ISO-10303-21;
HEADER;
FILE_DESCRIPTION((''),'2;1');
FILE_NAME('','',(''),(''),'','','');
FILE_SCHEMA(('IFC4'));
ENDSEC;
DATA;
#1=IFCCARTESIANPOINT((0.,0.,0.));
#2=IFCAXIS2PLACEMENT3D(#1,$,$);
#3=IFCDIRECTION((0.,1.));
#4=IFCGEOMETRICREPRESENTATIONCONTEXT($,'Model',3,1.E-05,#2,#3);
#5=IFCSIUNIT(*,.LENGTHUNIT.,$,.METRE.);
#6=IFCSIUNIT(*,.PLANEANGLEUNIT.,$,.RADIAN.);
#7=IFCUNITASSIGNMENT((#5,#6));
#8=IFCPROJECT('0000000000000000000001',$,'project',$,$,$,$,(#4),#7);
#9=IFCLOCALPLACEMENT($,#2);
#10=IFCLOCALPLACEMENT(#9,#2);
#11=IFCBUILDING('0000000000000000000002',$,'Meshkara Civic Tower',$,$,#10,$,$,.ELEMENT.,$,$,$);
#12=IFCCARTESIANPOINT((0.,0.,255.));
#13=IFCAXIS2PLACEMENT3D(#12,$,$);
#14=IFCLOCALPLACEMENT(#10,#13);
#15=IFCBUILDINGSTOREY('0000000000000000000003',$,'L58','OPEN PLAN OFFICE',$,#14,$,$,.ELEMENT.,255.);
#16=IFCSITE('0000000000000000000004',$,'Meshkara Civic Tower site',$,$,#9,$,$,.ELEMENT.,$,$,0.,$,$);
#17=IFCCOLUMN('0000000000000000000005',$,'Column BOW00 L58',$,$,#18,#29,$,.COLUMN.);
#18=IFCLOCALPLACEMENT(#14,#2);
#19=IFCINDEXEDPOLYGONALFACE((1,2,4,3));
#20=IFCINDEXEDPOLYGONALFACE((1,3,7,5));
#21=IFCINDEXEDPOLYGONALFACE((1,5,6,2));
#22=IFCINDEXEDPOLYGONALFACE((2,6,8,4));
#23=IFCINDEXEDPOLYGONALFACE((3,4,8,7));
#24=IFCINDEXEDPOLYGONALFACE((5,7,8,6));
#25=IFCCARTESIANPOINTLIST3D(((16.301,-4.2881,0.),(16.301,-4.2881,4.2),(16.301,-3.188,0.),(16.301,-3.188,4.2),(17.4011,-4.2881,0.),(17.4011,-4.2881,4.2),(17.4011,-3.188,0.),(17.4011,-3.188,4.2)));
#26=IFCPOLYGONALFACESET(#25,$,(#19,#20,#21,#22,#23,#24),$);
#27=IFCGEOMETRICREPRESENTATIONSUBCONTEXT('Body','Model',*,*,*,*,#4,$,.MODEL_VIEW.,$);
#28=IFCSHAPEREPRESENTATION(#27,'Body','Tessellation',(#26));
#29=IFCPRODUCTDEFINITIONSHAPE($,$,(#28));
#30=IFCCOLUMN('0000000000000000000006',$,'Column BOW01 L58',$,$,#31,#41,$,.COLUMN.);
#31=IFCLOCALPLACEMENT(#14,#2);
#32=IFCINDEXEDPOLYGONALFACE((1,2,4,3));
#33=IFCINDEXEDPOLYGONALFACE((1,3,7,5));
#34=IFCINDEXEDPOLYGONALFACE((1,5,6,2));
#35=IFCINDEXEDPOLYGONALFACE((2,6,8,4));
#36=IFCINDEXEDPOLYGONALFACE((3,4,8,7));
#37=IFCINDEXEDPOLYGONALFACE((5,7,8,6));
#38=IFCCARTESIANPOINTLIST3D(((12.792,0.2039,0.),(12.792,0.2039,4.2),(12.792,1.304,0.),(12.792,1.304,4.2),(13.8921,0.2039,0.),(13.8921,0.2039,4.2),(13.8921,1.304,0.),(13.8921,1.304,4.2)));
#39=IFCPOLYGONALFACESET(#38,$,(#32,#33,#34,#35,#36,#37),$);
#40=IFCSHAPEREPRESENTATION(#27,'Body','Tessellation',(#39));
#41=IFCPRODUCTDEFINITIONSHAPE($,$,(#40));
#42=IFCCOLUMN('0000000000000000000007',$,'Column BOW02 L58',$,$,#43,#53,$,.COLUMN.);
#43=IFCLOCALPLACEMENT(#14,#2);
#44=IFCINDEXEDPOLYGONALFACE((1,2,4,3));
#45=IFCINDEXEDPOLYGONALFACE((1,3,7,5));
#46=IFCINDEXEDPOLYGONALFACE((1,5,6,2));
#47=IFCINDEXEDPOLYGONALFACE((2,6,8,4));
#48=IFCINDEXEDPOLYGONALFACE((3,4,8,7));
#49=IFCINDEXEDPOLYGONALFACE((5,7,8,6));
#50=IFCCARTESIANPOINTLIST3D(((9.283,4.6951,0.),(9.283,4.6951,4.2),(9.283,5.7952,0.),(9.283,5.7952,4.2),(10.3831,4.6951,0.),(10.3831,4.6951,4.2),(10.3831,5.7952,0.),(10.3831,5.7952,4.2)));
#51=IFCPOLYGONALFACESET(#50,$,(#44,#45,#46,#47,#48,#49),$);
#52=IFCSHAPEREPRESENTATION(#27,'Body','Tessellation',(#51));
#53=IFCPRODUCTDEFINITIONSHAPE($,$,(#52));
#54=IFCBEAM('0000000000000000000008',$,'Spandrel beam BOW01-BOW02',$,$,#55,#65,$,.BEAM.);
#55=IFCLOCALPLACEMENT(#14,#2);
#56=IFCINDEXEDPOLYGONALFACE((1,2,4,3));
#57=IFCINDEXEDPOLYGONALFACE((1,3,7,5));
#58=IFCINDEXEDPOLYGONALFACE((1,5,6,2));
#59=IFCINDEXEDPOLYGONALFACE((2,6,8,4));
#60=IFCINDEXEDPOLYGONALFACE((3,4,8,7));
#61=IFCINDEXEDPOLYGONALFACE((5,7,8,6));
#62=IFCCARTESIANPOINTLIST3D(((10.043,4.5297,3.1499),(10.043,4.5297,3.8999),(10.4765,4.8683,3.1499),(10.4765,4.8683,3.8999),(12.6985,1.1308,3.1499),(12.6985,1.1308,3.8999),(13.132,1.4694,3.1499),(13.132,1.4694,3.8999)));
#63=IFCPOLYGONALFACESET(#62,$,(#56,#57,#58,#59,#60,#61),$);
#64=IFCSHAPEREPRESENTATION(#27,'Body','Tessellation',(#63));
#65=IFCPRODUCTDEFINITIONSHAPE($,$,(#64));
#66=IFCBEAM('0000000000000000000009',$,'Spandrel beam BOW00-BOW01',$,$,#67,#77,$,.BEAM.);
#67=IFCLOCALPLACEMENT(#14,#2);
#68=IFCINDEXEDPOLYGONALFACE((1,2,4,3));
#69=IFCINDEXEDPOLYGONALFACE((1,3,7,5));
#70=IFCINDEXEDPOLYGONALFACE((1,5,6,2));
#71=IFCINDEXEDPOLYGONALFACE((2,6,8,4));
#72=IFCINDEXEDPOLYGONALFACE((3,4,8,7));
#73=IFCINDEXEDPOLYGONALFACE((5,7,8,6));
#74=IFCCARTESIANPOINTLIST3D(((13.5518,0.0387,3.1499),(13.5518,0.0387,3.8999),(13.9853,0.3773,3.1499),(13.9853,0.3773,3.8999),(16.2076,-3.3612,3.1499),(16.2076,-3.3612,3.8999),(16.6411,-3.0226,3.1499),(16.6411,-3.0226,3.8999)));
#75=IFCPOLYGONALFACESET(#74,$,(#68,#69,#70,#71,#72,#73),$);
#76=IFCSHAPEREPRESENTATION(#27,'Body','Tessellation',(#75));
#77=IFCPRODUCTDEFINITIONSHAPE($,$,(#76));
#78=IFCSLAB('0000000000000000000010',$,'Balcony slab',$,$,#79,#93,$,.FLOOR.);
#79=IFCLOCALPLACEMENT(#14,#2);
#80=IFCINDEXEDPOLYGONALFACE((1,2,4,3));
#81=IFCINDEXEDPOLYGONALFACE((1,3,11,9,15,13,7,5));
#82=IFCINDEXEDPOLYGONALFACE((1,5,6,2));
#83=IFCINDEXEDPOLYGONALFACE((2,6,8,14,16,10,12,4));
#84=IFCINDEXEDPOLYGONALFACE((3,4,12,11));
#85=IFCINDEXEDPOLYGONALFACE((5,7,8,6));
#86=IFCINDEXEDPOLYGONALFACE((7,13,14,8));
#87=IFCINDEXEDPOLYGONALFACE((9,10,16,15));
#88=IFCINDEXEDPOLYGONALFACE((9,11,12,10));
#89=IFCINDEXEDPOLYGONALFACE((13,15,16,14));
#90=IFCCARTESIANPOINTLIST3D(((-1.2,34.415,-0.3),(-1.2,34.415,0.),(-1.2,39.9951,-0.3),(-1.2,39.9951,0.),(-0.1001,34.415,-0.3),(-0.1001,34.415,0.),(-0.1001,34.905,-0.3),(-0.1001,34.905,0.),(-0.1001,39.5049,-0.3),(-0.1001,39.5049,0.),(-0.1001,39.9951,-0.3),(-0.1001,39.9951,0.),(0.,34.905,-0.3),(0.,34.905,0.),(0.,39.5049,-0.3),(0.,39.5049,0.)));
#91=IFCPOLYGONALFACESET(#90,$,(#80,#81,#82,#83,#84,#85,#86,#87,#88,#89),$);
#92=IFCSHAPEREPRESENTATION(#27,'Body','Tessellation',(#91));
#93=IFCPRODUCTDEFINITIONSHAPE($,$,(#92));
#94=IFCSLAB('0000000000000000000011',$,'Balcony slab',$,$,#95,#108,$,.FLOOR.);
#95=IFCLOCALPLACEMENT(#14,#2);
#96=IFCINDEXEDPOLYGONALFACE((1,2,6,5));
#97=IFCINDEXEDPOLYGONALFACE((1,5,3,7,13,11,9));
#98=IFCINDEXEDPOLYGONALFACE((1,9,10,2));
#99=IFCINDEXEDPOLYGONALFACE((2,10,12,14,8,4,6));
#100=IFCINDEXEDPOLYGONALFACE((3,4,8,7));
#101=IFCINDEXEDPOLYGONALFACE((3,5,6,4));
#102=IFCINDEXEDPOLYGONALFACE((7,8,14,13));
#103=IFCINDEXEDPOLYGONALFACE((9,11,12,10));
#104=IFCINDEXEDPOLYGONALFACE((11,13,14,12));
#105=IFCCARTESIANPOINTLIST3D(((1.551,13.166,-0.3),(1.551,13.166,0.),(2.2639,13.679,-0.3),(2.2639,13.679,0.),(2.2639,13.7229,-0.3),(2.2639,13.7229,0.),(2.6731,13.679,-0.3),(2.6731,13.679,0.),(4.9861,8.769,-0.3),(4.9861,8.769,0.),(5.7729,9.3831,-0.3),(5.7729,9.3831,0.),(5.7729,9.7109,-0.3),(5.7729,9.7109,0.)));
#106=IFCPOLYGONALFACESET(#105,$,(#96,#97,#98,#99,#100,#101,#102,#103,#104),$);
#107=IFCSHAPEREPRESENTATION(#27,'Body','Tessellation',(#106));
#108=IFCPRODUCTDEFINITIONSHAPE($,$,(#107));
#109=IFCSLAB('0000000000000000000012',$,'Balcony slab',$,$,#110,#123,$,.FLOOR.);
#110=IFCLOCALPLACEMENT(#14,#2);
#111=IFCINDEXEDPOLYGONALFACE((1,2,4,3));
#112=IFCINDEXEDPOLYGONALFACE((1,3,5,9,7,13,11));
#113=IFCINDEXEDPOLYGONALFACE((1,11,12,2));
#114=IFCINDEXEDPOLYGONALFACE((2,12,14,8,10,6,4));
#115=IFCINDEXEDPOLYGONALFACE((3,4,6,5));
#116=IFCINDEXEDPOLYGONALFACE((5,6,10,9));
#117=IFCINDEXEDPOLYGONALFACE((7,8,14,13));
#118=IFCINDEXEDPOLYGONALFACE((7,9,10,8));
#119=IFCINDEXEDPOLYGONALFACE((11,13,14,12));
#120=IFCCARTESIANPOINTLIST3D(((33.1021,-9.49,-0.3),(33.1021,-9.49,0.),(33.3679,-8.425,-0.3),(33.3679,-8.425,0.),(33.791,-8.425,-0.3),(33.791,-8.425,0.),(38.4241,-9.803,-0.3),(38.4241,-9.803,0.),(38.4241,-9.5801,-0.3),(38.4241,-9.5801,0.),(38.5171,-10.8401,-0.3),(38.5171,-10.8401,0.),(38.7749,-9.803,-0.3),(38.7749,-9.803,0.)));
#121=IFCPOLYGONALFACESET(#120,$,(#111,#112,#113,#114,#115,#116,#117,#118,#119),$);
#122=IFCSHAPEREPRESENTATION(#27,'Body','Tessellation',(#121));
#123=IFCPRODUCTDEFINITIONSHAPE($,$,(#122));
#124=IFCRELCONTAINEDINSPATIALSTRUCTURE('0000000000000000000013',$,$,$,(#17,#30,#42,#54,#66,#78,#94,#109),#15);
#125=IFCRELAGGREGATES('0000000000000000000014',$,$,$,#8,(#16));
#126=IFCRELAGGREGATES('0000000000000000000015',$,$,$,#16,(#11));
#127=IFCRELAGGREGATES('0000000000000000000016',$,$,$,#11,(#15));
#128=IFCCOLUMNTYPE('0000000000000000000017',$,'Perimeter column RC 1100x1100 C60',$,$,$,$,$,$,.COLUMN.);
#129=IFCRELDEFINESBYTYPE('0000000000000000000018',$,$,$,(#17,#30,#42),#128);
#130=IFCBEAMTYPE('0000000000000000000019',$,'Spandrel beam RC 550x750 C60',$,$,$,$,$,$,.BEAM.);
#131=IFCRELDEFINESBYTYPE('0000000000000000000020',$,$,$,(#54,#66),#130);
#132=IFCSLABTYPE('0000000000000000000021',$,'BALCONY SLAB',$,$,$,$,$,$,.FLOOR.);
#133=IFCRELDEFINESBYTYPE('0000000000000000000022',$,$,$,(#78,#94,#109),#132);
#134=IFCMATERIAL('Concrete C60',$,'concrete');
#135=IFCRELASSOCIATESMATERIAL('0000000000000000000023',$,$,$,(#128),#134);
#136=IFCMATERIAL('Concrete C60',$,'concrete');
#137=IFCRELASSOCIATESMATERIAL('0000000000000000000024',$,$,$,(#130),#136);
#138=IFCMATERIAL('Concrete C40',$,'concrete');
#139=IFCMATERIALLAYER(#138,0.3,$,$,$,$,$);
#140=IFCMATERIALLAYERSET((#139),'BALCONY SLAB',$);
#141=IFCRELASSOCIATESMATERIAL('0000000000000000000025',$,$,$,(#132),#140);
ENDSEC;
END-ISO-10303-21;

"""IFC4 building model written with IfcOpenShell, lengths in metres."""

from ifc_helpers import new_model, si_unit, direction, frame, origin, origin_2d, place, context, subcontext, project, spatial, polyline, rectangle, outline, extrude, material, layer, layer_set, material_profile, profile_set, type_object, element, save


model = new_model("IFC4")

# Units and contexts
model_context = context("Model", 3, precision=1e-05, world=origin(), true_north=direction((0.0, 1.0)))
body_context = subcontext(model_context, "Body", "Model", "MODEL_VIEW")
ifc_project = project(units=[si_unit("LENGTHUNIT", "METRE"), si_unit("PLANEANGLEUNIT", "RADIAN")], contexts=[model_context])

# Site, building, storey
site_placement = place(None, origin())
site = spatial("IfcSite", under=ifc_project, at=site_placement, Name="Meshkara Civic Tower site", CompositionType="ELEMENT", RefElevation=0.0)
building_placement = place(site_placement, origin())
building = spatial("IfcBuilding", under=site, at=building_placement, Name="Meshkara Civic Tower", CompositionType="ELEMENT")
storey_placement = place(building_placement, frame((0.0, 0.0, 255.0)))
storey = spatial("IfcBuildingStorey", under=building, at=storey_placement, Name="L58", Description="OPEN PLAN OFFICE", CompositionType="ELEMENT", Elevation=255.0)

# Columns
ifc_material_1 = material(Name="Concrete C60", Category="concrete")
ifc_material_profile_1 = material_profile(ifc_material_1, rectangle(XDim=1.1001, YDim=1.1001, at=origin_2d()))
ifc_profile_set_1 = profile_set([ifc_material_profile_1], Name="Concrete C60")
column_type = type_object("IfcColumnType", Name="Perimeter column RC 1100x1100 C60", PredefinedType="COLUMN", material=ifc_profile_set_1)
for number, where, z_axis, x_axis, name in (
    (1, (16.8511, -3.738, 0.0), (0.0, 0.0, 1.0), (1.0, 0.0, 0.0), "Column BOW00 L58"),
    (2, (13.342, 0.7539, 0.0), (0.0, 0.0, 1.0), (1.0, 0.0, 0.0), "Column BOW01 L58"),
    (3, (9.833, 5.2451, 0.0), (0.0, 0.0, 1.0), (1.0, 0.0, 0.0), "Column BOW02 L58"),
):
    element("IfcColumn", number, at=place(storey_placement, frame(where, z_axis=z_axis, x_axis=x_axis)), inside=storey, type_object=column_type, Name=name, PredefinedType="COLUMN", context=body_context, shape_type="SweptSolid", body=[
        extrude(rectangle(XDim=1.1001, YDim=1.1001, at=origin_2d()), origin(), (0.0, 0.0, 1.0), 4.2),
    ])

# Beams
ifc_material_2 = material(Name="Concrete C60", Category="concrete")
ifc_material_profile_2 = material_profile(ifc_material_2, rectangle(XDim=0.55, YDim=0.75, at=origin_2d()))
ifc_profile_set_2 = profile_set([ifc_material_profile_2], Name="Concrete C60")
beam_type = type_object("IfcBeamType", Name="Spandrel beam RC 550x750 C60", PredefinedType="BEAM", material=ifc_profile_set_2)
beam_1_placement = place(storey_placement, frame((10.2598, 4.699, 3.5249), z_axis=(0.615659, -0.788012, 0.0), x_axis=(0.788012, 0.615659, 0.0)))
element("IfcBeam", 4, at=beam_1_placement, inside=storey, type_object=beam_type, Name="Spandrel beam BOW01-BOW02", PredefinedType="BEAM", context=body_context, shape_type="SweptSolid", body=[
    extrude(rectangle(XDim=0.55, YDim=0.75, at=origin_2d()), origin(), (0.0, 0.0, 1.0), 4.3132),
])
beam_2_placement = place(storey_placement, frame((13.7686, 0.208, 3.5249), z_axis=(0.615585, -0.788071, 0.0), x_axis=(0.788071, 0.615585, 0.0)))
element("IfcBeam", 5, at=beam_2_placement, inside=storey, type_object=beam_type, Name="Spandrel beam BOW00-BOW01", PredefinedType="BEAM", context=body_context, shape_type="SweptSolid", body=[
    extrude(rectangle(XDim=0.55, YDim=0.75, at=origin_2d()), origin(), (0.0, 0.0, 1.0), 4.3142),
])

# Slabs
ifc_material_3 = material(Name="Concrete C40", Category="concrete")
ifc_layer_1 = layer(ifc_material_3, 0.3)
ifc_layer_set_1 = layer_set([ifc_layer_1], Name="BALCONY SLAB")
slab_type_1 = type_object("IfcSlabType", Name="BALCONY SLAB", PredefinedType="FLOOR", material=ifc_layer_set_1)
slab_1_placement = place(storey_placement, frame((0.0, 0.0, -0.3)))
element("IfcSlab", 6, at=slab_1_placement, inside=storey, type_object=slab_type_1, Name="Balcony slab", PredefinedType="FLOOR", context=body_context, shape_type="SweptSolid", body=[
    extrude(outline(polyline([(-1.2, 34.415), (-1.2, 39.9951), (-0.1001, 39.9951), (-0.1001, 39.5049), (0.0, 39.5049), (0.0, 34.905), (-0.1001, 34.905), (-0.1001, 34.415), (-1.2, 34.415)])), origin(), (0.0, 0.0, 1.0), 0.3),
])
slab_2_placement = place(storey_placement, frame((0.0, 0.0, -0.3)))
element("IfcSlab", 7, at=slab_2_placement, inside=storey, type_object=slab_type_1, Name="Balcony slab", PredefinedType="FLOOR", context=body_context, shape_type="SweptSolid", body=[
    extrude(outline(polyline([(4.9861, 8.769), (1.551, 13.166), (2.2639, 13.7229), (2.2639, 13.679), (2.6731, 13.679), (5.7729, 9.7109), (5.7729, 9.3831), (4.9861, 8.769)])), origin(), (0.0, 0.0, 1.0), 0.3),
])
slab_3_placement = place(storey_placement, frame((0.0, 0.0, -0.3)))
element("IfcSlab", 8, at=slab_3_placement, inside=storey, type_object=slab_type_1, Name="Balcony slab", PredefinedType="FLOOR", context=body_context, shape_type="SweptSolid", body=[
    extrude(outline(polyline([(38.5171, -10.8401), (33.1021, -9.49), (33.3679, -8.425), (33.791, -8.425), (38.4241, -9.5801), (38.4241, -9.803), (38.7749, -9.803), (38.5171, -10.8401)])), origin(), (0.0, 0.0, 1.0), 0.3),
])

save(model, "model.ifc")
